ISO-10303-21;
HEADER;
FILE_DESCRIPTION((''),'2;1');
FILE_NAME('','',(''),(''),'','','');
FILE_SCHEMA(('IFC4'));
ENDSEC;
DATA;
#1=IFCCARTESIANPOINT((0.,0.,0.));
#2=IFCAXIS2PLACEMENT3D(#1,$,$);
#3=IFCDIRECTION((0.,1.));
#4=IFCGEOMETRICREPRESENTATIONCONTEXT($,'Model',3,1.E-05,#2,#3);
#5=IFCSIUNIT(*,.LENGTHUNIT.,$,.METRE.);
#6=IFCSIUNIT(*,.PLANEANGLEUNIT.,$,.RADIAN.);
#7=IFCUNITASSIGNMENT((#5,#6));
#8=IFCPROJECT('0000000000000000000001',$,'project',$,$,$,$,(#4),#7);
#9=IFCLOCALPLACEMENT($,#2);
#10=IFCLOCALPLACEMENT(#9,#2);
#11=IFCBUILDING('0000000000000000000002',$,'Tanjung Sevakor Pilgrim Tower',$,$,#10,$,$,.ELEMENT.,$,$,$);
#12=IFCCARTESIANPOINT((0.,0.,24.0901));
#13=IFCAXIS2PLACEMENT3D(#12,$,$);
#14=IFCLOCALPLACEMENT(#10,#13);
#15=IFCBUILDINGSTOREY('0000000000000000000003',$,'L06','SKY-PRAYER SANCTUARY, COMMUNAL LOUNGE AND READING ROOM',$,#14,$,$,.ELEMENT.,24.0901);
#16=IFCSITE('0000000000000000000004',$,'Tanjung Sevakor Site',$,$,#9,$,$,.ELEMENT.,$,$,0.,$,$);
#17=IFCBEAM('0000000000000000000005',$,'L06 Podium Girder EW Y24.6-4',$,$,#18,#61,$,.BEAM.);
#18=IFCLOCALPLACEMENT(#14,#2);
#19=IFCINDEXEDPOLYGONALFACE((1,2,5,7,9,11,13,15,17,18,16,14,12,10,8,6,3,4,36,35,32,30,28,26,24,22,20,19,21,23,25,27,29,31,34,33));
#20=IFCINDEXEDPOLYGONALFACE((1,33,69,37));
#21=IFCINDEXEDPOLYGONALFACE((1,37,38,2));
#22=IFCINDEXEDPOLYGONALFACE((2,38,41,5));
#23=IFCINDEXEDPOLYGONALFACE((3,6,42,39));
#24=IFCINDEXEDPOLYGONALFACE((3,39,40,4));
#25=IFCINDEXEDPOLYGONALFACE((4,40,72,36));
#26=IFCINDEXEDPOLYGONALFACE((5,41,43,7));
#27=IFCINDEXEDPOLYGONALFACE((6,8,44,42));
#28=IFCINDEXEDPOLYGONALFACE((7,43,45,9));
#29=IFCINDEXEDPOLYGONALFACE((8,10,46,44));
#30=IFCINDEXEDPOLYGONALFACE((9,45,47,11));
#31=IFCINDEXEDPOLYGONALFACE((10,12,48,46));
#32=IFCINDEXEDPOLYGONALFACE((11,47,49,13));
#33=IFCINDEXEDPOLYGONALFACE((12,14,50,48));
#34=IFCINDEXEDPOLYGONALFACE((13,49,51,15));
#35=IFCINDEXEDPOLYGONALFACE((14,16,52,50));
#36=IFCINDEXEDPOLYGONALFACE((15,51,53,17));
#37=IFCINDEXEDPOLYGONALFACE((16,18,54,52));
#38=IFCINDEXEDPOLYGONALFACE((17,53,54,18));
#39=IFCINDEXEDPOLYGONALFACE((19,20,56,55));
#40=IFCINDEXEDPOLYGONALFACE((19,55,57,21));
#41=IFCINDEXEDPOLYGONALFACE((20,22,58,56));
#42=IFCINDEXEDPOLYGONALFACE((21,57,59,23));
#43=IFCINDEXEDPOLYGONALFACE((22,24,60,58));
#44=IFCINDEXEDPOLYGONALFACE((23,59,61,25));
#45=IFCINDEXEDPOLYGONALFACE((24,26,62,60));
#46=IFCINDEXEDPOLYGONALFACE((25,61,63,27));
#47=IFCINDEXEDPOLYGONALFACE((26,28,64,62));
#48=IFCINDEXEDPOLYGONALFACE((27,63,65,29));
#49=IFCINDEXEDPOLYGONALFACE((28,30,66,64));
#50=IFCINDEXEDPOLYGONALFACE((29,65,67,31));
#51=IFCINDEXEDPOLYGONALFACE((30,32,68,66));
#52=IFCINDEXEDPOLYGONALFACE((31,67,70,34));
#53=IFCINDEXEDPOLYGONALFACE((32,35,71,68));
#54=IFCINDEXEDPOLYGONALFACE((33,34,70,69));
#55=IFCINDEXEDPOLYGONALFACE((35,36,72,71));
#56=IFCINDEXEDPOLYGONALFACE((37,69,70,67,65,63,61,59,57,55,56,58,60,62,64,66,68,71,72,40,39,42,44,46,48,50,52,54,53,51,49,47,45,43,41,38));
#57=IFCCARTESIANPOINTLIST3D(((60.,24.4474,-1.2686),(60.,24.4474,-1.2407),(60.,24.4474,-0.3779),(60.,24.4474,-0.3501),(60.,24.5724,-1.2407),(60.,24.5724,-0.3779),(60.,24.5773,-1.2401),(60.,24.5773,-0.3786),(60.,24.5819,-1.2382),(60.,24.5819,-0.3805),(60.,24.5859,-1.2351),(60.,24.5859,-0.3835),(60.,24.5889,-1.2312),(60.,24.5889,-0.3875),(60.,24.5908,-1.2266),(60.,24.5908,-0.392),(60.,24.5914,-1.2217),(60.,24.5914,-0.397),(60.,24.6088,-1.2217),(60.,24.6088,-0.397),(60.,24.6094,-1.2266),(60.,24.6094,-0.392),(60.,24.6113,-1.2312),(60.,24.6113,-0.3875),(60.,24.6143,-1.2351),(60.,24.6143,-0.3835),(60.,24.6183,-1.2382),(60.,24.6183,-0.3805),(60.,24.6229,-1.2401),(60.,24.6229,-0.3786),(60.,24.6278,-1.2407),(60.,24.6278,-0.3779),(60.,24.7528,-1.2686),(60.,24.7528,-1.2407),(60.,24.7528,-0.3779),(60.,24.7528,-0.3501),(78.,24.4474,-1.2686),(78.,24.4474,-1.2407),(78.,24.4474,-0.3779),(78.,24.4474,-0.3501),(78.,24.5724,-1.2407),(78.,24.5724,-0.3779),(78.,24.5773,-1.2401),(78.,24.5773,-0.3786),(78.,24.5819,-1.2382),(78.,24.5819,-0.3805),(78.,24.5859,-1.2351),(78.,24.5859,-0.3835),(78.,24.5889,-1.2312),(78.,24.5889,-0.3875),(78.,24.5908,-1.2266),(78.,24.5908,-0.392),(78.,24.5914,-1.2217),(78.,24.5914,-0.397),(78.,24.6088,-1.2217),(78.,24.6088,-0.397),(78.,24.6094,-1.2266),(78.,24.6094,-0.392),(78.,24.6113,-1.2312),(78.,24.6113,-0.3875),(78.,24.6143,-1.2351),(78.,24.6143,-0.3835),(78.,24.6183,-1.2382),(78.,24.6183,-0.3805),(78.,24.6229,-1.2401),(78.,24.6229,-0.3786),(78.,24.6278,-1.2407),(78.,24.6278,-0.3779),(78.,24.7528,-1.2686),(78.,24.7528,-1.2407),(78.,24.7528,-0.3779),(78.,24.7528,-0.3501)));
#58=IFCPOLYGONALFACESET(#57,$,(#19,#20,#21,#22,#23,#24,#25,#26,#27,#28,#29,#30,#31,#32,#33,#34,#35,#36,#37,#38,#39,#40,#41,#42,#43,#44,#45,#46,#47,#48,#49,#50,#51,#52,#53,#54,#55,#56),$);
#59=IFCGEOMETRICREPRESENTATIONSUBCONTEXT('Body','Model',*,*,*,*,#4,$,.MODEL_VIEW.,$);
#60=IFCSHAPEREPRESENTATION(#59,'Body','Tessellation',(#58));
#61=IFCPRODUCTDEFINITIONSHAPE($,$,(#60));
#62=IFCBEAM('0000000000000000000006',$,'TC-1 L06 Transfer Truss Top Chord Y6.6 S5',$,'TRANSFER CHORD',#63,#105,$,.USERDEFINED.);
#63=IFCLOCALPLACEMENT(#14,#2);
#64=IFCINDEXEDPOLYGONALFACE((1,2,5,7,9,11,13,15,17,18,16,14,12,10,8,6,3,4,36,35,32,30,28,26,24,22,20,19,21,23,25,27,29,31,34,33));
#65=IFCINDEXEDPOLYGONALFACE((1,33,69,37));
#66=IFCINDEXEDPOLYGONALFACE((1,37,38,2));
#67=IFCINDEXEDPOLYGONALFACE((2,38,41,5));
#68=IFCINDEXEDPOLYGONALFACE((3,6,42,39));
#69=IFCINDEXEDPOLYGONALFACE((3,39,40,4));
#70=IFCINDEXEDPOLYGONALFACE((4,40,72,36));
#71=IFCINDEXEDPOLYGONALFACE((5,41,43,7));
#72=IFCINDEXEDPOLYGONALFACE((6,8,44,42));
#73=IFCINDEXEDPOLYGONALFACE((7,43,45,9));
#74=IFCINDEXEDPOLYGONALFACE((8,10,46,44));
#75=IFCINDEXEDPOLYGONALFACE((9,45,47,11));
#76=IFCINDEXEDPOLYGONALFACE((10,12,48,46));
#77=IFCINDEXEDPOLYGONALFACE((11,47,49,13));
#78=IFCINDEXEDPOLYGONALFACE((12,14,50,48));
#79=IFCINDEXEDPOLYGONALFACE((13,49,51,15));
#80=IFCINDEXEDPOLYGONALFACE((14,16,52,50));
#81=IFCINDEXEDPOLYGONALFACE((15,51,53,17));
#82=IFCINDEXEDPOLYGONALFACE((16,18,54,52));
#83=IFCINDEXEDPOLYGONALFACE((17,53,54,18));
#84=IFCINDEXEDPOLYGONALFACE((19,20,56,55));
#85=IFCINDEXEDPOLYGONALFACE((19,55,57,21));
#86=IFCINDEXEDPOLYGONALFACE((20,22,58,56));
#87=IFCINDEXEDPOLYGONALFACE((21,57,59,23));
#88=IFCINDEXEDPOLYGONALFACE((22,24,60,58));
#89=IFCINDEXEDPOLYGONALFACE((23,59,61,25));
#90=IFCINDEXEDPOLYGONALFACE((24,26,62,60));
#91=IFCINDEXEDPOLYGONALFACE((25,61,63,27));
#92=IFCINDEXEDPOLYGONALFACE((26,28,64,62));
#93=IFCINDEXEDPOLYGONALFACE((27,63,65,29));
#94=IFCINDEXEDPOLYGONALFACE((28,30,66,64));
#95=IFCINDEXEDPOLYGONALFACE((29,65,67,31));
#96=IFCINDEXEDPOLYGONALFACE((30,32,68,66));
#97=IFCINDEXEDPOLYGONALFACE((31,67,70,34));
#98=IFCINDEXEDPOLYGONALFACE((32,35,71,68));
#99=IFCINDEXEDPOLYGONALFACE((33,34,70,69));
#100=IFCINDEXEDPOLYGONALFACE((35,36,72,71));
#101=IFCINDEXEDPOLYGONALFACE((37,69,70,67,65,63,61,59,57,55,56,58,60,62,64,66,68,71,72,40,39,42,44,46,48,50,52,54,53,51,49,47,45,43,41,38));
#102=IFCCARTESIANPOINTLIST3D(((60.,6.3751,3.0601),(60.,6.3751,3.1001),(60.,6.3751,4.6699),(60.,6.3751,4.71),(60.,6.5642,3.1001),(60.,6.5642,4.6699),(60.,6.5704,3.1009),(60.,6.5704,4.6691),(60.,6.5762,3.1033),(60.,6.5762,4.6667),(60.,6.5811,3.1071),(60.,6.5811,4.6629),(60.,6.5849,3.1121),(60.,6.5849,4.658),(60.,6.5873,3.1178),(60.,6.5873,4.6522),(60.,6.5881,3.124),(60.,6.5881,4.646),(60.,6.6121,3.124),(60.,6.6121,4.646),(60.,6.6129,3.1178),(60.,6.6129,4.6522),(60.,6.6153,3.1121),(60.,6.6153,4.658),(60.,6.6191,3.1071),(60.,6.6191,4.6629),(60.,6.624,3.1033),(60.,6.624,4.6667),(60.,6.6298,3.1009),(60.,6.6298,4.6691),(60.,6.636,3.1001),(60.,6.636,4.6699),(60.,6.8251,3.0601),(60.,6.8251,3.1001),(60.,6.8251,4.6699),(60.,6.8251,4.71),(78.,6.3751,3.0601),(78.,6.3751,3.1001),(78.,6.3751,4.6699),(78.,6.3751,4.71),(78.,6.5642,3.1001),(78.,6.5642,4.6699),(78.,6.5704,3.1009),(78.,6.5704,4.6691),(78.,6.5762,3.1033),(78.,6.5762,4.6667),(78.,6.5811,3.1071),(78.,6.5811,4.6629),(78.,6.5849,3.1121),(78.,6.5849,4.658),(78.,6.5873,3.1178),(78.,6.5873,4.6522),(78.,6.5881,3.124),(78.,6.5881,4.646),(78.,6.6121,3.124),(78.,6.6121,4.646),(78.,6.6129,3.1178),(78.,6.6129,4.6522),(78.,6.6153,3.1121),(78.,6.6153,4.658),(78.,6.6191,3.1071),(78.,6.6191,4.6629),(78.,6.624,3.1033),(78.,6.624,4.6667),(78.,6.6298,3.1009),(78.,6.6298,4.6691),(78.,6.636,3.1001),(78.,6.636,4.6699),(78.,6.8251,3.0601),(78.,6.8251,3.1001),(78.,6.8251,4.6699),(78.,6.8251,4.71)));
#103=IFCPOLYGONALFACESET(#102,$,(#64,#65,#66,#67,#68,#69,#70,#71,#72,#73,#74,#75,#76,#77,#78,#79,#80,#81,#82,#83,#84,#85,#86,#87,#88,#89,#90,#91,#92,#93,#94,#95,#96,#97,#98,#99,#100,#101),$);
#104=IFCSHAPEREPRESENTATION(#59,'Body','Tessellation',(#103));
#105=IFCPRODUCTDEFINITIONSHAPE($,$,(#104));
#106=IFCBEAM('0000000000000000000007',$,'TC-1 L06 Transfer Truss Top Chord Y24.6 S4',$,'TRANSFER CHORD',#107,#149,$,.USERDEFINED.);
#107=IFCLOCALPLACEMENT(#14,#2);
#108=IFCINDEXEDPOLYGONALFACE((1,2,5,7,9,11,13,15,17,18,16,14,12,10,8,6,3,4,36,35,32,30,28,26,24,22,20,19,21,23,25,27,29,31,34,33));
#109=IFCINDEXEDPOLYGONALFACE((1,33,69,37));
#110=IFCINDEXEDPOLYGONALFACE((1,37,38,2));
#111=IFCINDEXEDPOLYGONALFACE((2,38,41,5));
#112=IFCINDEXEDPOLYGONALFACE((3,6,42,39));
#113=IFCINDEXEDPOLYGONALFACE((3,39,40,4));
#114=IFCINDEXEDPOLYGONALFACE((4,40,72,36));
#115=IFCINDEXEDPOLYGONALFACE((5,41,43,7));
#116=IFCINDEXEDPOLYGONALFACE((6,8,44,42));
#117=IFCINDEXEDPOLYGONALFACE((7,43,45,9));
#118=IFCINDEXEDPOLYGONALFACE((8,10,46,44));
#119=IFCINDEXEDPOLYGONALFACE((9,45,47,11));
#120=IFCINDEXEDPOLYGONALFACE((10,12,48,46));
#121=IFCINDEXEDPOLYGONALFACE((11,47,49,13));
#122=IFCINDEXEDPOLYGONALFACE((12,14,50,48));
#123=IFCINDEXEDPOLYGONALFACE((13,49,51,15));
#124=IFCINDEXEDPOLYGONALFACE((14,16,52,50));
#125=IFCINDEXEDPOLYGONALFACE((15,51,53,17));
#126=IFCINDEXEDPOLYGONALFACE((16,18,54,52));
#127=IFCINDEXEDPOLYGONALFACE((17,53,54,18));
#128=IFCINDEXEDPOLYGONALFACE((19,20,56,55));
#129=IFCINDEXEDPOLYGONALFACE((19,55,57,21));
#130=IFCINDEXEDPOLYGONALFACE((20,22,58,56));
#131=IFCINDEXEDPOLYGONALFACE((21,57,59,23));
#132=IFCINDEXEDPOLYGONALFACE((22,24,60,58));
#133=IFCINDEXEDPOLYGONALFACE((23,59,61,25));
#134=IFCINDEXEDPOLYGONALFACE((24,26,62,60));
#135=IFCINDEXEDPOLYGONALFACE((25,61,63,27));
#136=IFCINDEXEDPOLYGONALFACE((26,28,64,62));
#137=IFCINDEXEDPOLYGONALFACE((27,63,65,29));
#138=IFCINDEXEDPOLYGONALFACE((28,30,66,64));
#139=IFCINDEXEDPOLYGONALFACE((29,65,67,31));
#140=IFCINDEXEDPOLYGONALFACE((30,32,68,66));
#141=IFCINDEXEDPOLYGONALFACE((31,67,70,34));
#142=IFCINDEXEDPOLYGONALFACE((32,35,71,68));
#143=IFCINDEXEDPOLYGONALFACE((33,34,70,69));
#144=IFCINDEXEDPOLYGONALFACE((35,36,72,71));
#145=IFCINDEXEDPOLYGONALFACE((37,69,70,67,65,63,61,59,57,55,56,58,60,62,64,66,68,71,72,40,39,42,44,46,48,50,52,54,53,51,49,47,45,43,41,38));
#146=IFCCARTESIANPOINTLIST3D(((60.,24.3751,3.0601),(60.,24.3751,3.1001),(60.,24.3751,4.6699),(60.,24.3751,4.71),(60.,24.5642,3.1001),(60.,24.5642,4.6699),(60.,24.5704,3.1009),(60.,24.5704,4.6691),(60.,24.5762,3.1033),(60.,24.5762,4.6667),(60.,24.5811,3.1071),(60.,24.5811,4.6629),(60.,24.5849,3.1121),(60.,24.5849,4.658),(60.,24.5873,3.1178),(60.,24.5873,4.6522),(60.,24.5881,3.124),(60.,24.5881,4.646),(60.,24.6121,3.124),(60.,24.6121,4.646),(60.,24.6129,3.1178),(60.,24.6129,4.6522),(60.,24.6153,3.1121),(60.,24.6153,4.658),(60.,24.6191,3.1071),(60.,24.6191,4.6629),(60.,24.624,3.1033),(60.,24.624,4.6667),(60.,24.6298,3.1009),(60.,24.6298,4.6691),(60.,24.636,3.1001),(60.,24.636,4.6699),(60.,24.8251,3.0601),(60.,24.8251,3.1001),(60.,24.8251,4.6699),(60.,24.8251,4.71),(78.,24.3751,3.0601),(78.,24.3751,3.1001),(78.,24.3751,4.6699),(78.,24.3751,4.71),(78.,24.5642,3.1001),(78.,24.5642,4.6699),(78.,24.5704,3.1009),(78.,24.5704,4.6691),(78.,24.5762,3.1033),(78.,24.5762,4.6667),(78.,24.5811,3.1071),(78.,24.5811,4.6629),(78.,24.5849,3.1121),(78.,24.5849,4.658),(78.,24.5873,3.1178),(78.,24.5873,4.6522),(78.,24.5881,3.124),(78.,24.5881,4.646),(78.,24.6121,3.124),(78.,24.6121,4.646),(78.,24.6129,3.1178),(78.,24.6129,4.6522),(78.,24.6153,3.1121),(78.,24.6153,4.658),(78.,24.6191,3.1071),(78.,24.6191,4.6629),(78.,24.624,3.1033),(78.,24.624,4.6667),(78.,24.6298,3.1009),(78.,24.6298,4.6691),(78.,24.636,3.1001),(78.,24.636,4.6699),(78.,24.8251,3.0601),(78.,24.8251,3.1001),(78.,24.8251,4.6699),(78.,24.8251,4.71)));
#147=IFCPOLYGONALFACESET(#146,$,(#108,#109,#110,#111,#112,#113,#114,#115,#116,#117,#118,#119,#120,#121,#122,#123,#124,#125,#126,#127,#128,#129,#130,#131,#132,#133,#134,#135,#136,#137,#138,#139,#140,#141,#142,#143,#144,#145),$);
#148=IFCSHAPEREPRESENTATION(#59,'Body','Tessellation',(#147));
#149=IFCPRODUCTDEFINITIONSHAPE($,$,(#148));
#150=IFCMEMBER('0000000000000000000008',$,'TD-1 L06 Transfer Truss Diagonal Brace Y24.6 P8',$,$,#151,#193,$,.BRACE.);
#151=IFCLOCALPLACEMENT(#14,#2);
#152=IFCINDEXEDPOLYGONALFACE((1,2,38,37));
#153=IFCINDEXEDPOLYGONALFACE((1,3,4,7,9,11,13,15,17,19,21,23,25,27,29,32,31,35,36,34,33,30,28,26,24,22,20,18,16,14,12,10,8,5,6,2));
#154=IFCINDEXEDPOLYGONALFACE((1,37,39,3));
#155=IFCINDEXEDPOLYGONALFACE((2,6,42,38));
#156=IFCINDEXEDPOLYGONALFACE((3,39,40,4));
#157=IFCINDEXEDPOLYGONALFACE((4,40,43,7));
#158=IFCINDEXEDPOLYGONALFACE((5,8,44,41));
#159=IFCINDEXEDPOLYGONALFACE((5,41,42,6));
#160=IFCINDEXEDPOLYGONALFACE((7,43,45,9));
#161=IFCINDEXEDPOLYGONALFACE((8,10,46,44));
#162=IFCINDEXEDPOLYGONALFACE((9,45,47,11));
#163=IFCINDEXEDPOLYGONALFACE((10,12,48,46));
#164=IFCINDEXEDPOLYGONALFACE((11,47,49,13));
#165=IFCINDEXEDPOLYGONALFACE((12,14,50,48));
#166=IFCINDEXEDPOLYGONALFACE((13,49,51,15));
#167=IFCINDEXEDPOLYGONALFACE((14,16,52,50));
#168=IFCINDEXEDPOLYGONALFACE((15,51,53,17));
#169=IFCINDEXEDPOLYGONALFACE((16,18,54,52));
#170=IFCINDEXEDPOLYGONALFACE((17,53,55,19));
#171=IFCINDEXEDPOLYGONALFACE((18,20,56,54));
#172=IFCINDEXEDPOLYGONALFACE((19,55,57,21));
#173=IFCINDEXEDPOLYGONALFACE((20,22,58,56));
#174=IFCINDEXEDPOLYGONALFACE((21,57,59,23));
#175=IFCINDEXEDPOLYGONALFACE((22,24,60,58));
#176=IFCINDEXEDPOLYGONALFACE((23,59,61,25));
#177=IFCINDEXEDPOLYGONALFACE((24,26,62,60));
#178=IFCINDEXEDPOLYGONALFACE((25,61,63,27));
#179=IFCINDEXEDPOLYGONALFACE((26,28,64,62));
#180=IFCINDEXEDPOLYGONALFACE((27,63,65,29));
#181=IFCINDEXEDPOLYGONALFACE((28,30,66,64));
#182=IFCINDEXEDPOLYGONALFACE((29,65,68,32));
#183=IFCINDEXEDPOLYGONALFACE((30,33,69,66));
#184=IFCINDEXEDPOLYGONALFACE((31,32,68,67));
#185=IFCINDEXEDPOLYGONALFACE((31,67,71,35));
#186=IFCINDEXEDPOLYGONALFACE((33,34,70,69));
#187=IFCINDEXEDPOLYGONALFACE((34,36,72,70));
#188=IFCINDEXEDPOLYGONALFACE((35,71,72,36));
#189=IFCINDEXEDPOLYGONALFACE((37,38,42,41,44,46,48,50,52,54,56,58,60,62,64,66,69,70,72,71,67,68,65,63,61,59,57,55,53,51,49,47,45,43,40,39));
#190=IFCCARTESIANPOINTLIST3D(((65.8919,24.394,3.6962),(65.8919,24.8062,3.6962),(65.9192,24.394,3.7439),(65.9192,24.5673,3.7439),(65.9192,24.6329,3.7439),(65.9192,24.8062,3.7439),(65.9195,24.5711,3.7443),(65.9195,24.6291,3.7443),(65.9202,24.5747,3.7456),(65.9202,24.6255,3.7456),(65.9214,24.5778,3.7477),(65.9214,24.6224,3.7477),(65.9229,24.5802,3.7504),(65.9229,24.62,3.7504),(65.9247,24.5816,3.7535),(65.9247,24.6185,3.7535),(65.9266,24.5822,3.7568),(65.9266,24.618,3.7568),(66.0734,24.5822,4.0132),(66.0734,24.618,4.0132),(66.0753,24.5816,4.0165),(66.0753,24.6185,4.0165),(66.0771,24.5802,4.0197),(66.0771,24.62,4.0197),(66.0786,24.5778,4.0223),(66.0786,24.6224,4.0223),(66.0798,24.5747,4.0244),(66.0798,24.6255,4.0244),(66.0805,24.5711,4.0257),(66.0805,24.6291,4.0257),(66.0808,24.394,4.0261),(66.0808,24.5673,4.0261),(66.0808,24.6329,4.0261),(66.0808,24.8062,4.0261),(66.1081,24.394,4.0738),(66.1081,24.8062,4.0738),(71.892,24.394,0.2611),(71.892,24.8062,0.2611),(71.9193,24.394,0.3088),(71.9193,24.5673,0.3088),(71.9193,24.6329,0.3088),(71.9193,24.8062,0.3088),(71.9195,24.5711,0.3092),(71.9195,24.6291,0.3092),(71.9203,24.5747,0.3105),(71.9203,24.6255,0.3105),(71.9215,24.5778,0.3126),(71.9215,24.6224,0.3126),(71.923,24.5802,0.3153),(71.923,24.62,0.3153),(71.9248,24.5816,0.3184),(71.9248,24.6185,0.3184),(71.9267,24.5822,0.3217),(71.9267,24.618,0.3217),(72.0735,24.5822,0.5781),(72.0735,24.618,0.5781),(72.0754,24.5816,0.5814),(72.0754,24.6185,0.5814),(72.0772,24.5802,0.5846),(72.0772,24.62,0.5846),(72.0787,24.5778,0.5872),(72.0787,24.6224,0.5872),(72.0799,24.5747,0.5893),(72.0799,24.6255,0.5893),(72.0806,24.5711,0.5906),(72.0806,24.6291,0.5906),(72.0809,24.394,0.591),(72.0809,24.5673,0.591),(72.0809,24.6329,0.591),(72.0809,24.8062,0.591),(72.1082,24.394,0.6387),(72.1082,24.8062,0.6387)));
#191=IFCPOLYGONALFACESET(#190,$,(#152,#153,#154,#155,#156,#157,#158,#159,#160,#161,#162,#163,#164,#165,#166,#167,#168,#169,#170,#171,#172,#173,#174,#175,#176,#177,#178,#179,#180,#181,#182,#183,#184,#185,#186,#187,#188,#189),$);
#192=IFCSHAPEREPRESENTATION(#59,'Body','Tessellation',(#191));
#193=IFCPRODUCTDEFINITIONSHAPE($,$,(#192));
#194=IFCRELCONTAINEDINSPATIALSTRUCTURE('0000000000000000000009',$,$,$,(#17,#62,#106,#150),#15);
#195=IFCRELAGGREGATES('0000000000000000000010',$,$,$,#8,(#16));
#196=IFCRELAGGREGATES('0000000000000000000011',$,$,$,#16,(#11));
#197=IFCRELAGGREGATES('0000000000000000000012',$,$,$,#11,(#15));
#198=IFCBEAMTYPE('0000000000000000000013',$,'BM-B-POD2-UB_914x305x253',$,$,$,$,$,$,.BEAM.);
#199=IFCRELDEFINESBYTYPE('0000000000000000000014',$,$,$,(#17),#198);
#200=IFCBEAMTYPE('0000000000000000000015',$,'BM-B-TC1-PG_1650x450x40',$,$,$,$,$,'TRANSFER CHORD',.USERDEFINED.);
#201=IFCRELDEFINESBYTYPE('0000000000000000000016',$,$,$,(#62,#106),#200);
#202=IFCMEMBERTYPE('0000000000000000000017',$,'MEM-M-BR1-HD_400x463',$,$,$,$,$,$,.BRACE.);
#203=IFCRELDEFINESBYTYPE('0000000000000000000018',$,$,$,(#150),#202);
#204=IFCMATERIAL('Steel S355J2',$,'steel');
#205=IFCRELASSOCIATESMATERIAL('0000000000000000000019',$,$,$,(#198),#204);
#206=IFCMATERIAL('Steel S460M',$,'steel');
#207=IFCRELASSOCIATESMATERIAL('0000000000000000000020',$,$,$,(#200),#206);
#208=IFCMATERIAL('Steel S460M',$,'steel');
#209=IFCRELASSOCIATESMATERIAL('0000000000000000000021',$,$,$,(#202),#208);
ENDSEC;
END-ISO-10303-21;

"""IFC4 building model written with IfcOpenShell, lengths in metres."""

from ifc_helpers import new_model, si_unit, direction, frame, origin, origin_2d, place, context, subcontext, project, spatial, i_section, extrude, material, material_profile, profile_set, type_object, element, save


model = new_model("IFC4")

# Units and contexts
model_context = context("Model", 3, precision=1e-05, world=origin(), true_north=direction((0.0, 1.0)))
body_context = subcontext(model_context, "Body", "Model", "MODEL_VIEW")
ifc_project = project(units=[si_unit("LENGTHUNIT", "METRE"), si_unit("PLANEANGLEUNIT", "RADIAN")], contexts=[model_context])

# Site, building, storey
site_placement = place(None, origin())
site = spatial("IfcSite", under=ifc_project, at=site_placement, Name="Tanjung Sevakor Site", CompositionType="ELEMENT", RefElevation=0.0)
building_placement = place(site_placement, origin())
building = spatial("IfcBuilding", under=site, at=building_placement, Name="Tanjung Sevakor Pilgrim Tower", CompositionType="ELEMENT")
storey_placement = place(building_placement, frame((0.0, 0.0, 24.0901)))
storey = spatial("IfcBuildingStorey", under=building, at=storey_placement, Name="L06", Description="SKY-PRAYER SANCTUARY, COMMUNAL LOUNGE AND READING ROOM", CompositionType="ELEMENT", Elevation=24.0901)

# Beams
ifc_material_1 = material(Name="Steel S355J2", Category="steel")
ifc_material_profile_1 = material_profile(ifc_material_1, i_section(OverallWidth=0.3054, OverallDepth=0.9185, WebThickness=0.0173, FlangeThickness=0.0278, FilletRadius=0.019, at=origin_2d()))
ifc_profile_set_1 = profile_set([ifc_material_profile_1], Name="Steel S355J2")
beam_type_1 = type_object("IfcBeamType", Name="BM-B-POD2-UB_914x305x253", PredefinedType="BEAM", material=ifc_profile_set_1)
beam_1_placement = place(storey_placement, frame((60.0, 24.6001, -0.8093), z_axis=(1.0, 0.0, 0.0), x_axis=(0.0, 1.0, 0.0)))
element("IfcBeam", 1, at=beam_1_placement, inside=storey, type_object=beam_type_1, Name="L06 Podium Girder EW Y24.6-4", PredefinedType="BEAM", context=body_context, shape_type="SweptSolid", body=[
    extrude(i_section(OverallWidth=0.3054, OverallDepth=0.9185, WebThickness=0.0173, FlangeThickness=0.0278, FilletRadius=0.019, at=origin_2d()), origin(), (0.0, 0.0, 1.0), 18.0),
])
ifc_material_2 = material(Name="Steel S460M", Category="steel")
ifc_material_profile_2 = material_profile(ifc_material_2, i_section(OverallWidth=0.45, OverallDepth=1.6499, WebThickness=0.0239, FlangeThickness=0.04, FilletRadius=0.0239, at=origin_2d()))
ifc_profile_set_2 = profile_set([ifc_material_profile_2], Name="Steel S460M")
beam_type_2 = type_object("IfcBeamType", Name="BM-B-TC1-PG_1650x450x40", ElementType="TRANSFER CHORD", PredefinedType="USERDEFINED", material=ifc_profile_set_2)
for number, where, z_axis, x_axis, name in (
    (2, (60.0, 6.6001, 3.885), (1.0, 0.0, 0.0), (0.0, 1.0, 0.0), "TC-1 L06 Transfer Truss Top Chord Y6.6 S5"),
    (3, (60.0, 24.6001, 3.885), (1.0, 0.0, 0.0), (0.0, 1.0, 0.0), "TC-1 L06 Transfer Truss Top Chord Y24.6 S4"),
):
    element("IfcBeam", number, at=place(storey_placement, frame(where, z_axis=z_axis, x_axis=x_axis)), inside=storey, type_object=beam_type_2, Name=name, ObjectType="TRANSFER CHORD", PredefinedType="USERDEFINED", context=body_context, shape_type="SweptSolid", body=[
        extrude(i_section(OverallWidth=0.45, OverallDepth=1.6499, WebThickness=0.0239, FlangeThickness=0.04, FilletRadius=0.0239, at=origin_2d()), origin(), (0.0, 0.0, 1.0), 18.0),
    ])

# Member
ifc_material_3 = material(Name="Steel S460M", Category="steel")
ifc_material_profile_3 = material_profile(ifc_material_3, i_section(OverallWidth=0.4121, OverallDepth=0.4351, WebThickness=0.0359, FlangeThickness=0.0549, FilletRadius=0.0149, at=origin_2d()))
ifc_profile_set_3 = profile_set([ifc_material_profile_3], Name="Steel S460M")
member_type_1 = type_object("IfcMemberType", Name="MEM-M-BR1-HD_400x463", PredefinedType="BRACE", material=ifc_profile_set_3)
member_1_placement = place(storey_placement, frame((66.0, 24.6001, 3.885), z_axis=(0.867839, 0.0, -0.496846), x_axis=(0.0, 1.0, 0.0)))
element("IfcMember", 4, at=member_1_placement, inside=storey, type_object=member_type_1, Name="TD-1 L06 Transfer Truss Diagonal Brace Y24.6 P8", PredefinedType="BRACE", context=body_context, shape_type="SweptSolid", body=[
    extrude(i_section(OverallWidth=0.4121, OverallDepth=0.4351, WebThickness=0.0359, FlangeThickness=0.0549, FilletRadius=0.0149, at=origin_2d()), origin(), (0.0, 0.0, 1.0), 6.9138),
])

save(model, "model.ifc")
